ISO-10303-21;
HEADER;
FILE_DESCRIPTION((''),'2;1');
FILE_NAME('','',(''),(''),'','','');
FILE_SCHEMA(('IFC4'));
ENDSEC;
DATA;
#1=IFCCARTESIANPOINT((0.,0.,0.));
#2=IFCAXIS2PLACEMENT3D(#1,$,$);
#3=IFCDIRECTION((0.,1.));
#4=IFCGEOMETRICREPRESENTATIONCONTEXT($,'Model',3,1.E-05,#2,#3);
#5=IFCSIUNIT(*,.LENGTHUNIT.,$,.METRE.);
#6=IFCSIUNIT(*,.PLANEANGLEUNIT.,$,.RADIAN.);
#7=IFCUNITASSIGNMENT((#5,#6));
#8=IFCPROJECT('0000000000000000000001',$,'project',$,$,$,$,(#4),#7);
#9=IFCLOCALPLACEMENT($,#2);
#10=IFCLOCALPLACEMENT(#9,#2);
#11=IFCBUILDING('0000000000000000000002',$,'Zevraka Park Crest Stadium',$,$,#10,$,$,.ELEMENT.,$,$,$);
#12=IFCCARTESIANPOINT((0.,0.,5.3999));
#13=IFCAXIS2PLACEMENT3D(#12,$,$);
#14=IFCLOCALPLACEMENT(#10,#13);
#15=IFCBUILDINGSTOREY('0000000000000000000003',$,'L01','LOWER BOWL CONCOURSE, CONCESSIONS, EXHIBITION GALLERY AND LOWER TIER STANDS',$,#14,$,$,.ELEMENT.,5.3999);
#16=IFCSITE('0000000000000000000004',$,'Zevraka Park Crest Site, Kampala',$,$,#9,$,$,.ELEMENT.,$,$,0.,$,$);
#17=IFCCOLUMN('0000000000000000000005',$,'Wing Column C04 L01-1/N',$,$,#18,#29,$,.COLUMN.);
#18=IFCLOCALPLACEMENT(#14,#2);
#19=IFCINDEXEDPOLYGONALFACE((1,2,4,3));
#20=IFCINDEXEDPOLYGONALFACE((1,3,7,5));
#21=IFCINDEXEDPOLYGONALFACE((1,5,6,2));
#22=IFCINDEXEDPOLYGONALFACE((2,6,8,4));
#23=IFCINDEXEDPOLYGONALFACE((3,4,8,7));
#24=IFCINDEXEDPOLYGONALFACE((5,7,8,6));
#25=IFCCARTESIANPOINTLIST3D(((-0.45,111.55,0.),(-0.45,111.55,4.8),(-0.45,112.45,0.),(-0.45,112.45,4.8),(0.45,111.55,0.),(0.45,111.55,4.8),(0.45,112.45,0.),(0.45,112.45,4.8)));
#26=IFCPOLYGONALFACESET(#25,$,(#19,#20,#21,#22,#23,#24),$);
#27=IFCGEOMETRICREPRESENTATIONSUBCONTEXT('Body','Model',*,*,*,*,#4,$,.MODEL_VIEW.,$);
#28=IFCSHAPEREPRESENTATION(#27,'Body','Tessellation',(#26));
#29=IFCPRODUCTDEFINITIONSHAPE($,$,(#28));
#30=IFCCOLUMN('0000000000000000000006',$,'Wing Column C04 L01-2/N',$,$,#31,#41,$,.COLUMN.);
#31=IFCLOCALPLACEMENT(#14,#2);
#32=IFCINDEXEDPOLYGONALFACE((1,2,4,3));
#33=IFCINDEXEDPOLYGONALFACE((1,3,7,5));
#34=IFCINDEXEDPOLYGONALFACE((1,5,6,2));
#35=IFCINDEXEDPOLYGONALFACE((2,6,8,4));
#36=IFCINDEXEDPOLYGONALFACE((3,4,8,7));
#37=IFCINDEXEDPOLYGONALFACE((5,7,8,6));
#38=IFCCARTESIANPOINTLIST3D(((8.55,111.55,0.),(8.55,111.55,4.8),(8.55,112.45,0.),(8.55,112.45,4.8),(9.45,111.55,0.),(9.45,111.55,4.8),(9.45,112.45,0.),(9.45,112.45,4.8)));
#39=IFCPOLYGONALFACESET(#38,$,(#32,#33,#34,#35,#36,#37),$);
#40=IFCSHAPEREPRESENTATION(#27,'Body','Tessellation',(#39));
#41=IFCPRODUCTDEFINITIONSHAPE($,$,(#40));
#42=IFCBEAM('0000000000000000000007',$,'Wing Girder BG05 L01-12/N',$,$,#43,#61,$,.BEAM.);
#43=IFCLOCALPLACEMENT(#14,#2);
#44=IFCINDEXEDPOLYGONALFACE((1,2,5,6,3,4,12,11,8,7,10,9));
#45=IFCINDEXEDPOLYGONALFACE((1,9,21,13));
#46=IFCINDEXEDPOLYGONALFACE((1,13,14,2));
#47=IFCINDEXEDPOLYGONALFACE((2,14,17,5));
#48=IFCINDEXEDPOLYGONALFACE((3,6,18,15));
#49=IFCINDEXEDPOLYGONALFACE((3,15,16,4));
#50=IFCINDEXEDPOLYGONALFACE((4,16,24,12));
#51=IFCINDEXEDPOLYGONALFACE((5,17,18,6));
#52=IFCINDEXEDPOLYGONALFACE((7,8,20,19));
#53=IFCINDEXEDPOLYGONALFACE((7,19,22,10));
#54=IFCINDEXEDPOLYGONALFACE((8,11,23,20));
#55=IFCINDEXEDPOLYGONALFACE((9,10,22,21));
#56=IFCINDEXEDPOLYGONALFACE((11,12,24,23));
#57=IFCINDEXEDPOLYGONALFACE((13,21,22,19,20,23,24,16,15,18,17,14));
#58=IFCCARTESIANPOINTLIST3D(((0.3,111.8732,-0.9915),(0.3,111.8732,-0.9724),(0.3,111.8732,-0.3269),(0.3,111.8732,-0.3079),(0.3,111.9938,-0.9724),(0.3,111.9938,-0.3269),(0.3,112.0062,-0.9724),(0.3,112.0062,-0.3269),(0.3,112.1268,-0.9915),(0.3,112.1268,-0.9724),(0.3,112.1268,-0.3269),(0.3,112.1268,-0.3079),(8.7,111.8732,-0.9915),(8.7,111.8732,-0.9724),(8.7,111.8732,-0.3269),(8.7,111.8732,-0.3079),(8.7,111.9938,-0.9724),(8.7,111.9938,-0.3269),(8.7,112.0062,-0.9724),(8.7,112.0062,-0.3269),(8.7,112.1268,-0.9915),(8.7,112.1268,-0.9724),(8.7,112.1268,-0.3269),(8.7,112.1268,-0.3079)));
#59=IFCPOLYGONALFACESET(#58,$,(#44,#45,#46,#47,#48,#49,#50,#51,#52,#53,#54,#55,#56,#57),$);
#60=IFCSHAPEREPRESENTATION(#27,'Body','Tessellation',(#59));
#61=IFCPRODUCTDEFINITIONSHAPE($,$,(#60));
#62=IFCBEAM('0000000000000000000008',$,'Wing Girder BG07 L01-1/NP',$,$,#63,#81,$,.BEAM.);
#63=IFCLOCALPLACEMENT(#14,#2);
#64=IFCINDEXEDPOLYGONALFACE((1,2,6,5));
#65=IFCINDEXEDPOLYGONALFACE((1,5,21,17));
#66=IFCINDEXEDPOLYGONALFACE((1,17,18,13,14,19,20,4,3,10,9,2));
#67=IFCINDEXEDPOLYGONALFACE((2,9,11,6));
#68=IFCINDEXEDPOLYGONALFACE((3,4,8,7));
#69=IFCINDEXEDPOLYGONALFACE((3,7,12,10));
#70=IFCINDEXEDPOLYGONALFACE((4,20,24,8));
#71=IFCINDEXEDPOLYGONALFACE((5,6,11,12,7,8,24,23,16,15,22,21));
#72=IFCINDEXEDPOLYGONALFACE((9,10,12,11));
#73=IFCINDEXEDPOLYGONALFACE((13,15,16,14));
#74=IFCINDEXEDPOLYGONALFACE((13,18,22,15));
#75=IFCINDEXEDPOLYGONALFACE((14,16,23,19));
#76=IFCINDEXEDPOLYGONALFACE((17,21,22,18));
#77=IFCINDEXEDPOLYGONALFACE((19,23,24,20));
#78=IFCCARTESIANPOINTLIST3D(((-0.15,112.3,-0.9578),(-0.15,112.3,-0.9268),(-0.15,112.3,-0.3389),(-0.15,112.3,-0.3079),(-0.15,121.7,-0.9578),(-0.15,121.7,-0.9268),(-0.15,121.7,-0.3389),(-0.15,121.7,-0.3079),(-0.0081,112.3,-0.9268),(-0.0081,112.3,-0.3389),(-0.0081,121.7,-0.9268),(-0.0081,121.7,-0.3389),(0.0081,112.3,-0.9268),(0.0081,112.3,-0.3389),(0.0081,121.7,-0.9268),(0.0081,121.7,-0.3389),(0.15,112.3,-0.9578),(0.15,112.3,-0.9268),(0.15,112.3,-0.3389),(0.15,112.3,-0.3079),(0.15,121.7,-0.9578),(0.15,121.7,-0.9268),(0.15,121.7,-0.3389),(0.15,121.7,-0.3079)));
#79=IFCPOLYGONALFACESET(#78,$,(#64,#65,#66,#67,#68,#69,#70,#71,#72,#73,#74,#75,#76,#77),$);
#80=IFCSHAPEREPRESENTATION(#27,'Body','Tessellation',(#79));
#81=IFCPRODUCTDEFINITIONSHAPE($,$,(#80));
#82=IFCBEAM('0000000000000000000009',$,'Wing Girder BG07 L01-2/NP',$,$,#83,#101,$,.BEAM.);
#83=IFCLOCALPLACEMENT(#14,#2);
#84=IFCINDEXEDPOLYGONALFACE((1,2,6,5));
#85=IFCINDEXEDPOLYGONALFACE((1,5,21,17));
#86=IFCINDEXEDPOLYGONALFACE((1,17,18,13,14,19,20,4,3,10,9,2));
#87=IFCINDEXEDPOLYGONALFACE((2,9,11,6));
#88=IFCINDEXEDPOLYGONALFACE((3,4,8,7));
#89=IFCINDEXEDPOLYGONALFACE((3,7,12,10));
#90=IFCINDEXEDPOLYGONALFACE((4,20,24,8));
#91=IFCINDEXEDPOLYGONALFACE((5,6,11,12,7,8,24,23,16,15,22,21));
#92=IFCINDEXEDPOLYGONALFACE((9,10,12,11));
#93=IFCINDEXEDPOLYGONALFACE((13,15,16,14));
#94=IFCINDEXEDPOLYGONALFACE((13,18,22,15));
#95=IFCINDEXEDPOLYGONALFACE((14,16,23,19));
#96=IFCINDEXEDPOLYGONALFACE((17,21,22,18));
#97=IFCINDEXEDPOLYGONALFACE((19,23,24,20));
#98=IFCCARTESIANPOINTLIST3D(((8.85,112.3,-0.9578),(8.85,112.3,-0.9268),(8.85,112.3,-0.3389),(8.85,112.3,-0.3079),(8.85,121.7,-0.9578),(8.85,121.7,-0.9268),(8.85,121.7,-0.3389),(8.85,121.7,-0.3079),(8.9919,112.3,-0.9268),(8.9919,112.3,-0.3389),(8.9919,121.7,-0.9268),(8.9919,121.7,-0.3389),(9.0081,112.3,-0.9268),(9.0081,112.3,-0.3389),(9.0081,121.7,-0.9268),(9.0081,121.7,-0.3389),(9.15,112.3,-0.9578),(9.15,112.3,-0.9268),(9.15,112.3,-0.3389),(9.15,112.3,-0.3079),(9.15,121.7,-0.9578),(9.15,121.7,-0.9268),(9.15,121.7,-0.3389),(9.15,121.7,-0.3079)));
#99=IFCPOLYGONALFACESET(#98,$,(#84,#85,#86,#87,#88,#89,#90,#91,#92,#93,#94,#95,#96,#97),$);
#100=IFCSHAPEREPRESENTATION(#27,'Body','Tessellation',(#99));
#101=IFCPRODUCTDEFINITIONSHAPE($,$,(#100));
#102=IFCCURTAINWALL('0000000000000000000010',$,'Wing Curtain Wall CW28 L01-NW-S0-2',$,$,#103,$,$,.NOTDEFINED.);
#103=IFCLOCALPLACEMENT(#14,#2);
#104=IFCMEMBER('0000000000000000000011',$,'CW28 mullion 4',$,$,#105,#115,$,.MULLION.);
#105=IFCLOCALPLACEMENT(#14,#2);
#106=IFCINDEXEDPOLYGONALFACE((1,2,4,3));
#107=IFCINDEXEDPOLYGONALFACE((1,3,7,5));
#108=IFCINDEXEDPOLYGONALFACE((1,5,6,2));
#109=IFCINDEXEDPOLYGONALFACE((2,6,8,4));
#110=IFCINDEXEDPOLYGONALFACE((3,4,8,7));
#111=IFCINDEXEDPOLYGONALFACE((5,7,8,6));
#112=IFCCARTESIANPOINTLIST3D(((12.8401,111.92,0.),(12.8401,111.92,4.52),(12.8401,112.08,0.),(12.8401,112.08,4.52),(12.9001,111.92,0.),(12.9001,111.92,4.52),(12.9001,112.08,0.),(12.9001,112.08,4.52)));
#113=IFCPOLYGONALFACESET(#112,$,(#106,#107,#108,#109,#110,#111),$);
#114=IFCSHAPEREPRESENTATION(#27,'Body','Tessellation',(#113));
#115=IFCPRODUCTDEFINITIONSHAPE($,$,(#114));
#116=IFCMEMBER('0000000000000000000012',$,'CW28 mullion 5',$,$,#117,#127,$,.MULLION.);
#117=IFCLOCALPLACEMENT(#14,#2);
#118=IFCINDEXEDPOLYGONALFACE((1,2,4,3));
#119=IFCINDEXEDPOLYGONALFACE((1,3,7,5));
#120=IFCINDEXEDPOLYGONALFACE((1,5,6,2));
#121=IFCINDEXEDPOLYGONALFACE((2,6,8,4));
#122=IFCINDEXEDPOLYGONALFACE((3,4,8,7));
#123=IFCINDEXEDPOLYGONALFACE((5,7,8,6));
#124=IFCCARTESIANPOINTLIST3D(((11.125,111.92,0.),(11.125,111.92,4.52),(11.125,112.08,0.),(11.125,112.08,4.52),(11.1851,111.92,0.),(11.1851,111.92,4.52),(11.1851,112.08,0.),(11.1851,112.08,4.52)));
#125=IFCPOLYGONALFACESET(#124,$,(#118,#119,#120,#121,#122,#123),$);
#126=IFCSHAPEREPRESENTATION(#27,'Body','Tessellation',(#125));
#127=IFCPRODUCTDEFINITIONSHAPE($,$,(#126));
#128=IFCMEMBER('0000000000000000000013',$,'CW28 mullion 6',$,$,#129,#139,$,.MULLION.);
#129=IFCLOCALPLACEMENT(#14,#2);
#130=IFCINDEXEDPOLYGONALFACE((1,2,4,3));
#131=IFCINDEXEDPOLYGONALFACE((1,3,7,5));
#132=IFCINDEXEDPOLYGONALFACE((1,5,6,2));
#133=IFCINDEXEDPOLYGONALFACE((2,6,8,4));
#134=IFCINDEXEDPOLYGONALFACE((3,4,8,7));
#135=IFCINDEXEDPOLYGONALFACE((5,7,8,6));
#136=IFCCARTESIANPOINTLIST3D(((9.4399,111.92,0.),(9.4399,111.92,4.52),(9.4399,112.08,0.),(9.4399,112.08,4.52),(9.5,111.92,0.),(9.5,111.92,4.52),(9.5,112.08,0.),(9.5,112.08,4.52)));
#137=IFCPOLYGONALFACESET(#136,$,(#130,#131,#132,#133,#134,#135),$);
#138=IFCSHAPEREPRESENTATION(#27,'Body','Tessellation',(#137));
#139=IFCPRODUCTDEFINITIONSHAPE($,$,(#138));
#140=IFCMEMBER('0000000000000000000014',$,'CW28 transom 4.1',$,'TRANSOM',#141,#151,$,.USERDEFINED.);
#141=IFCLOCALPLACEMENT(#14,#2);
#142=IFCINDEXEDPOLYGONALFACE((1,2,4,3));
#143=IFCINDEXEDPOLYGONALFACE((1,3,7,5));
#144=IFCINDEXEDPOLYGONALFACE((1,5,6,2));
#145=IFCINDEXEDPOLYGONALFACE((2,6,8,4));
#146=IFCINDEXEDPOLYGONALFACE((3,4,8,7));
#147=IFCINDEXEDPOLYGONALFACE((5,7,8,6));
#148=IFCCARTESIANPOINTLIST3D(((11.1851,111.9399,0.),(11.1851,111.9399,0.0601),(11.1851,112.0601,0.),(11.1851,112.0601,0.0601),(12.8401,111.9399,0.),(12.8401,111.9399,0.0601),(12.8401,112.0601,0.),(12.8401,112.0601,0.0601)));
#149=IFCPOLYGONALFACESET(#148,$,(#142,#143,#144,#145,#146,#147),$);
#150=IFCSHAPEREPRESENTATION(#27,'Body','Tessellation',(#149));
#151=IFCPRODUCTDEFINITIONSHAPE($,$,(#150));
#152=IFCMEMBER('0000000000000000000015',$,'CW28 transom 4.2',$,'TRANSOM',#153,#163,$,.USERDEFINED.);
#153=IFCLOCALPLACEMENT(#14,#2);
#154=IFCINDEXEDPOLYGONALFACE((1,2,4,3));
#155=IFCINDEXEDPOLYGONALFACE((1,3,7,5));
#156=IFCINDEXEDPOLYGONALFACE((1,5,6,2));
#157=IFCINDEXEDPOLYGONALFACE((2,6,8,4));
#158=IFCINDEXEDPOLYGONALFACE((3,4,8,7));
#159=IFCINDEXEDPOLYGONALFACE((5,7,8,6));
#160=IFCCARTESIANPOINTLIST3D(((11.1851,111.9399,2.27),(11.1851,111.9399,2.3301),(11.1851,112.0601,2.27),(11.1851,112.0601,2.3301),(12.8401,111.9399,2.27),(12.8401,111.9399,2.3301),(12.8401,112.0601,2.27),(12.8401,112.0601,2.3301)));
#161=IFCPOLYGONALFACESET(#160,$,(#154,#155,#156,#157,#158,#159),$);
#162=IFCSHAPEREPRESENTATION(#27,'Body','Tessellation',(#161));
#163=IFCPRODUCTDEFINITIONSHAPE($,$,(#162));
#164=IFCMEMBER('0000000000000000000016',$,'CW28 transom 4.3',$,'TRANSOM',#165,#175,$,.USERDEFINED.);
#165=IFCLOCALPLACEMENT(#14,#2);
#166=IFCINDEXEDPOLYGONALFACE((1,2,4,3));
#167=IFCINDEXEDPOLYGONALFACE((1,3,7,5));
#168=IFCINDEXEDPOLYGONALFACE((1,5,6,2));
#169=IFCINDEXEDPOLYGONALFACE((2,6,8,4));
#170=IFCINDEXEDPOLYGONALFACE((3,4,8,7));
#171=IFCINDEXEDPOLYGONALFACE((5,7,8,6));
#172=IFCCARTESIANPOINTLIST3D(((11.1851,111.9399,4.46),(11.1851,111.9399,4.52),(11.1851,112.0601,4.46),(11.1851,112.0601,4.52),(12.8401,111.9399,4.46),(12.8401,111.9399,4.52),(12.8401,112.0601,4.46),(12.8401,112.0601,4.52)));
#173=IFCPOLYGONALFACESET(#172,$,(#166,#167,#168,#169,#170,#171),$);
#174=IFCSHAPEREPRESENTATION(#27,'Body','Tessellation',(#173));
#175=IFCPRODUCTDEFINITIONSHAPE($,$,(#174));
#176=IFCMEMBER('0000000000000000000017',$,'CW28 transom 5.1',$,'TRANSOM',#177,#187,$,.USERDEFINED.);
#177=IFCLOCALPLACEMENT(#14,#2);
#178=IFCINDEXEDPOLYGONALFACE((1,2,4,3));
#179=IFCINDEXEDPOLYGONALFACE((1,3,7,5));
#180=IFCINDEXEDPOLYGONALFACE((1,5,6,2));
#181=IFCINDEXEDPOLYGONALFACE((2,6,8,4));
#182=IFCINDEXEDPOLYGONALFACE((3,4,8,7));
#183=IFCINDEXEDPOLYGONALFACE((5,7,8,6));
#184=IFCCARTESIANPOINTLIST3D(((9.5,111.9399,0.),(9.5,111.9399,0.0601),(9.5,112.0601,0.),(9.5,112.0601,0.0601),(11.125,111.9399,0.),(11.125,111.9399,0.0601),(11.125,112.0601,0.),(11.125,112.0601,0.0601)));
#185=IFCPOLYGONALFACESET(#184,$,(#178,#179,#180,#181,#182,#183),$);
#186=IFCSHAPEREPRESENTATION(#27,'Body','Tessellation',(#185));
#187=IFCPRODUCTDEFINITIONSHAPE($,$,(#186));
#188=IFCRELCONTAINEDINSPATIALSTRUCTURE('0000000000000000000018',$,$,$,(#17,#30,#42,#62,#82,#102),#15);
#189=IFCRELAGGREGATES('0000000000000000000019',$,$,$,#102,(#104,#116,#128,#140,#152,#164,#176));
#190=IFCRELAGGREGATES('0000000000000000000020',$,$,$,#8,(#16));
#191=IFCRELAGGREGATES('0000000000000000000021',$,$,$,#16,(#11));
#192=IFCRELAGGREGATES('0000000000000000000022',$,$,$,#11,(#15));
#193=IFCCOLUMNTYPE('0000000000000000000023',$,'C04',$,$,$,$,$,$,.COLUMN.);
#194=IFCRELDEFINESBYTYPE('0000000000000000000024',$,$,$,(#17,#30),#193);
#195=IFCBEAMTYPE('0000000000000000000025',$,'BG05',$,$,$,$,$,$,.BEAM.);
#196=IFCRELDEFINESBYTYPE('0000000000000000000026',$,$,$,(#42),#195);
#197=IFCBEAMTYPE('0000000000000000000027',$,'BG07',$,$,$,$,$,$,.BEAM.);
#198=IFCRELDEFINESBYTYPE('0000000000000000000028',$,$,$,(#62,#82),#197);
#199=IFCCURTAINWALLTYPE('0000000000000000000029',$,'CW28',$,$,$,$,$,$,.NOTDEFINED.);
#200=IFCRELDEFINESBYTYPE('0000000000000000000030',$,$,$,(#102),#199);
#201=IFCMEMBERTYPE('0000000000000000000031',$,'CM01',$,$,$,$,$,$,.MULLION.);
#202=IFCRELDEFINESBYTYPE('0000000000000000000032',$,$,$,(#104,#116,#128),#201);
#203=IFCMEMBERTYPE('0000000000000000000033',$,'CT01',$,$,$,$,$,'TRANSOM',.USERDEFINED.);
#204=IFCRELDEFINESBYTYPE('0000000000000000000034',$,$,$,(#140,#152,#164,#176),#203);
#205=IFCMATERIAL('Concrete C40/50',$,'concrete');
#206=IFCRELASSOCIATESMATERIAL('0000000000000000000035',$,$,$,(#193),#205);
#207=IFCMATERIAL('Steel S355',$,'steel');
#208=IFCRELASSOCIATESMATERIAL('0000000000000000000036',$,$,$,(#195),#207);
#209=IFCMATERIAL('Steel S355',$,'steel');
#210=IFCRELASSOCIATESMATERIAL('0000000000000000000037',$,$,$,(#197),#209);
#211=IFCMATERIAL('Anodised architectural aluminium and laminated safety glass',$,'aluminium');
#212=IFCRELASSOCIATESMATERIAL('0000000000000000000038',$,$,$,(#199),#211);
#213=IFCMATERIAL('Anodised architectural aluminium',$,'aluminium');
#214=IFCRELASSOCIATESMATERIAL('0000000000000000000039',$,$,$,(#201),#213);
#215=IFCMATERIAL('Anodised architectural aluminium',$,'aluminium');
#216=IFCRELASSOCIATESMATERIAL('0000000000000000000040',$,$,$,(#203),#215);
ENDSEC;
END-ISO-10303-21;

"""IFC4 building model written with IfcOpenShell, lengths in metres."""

from ifc_helpers import new_model, si_unit, direction, frame, origin, origin_2d, place, context, subcontext, project, spatial, rectangle, i_section, extrude, material, material_profile, profile_set, type_object, element, aggregate, save


model = new_model("IFC4")

# Units and contexts
model_context = context("Model", 3, precision=1e-05, world=origin(), true_north=direction((0.0, 1.0)))
body_context = subcontext(model_context, "Body", "Model", "MODEL_VIEW")
ifc_project = project(units=[si_unit("LENGTHUNIT", "METRE"), si_unit("PLANEANGLEUNIT", "RADIAN")], contexts=[model_context])

# Site, building, storey
site_placement = place(None, origin())
site = spatial("IfcSite", under=ifc_project, at=site_placement, Name="Zevraka Park Crest Site, Kampala", CompositionType="ELEMENT", RefElevation=0.0)
building_placement = place(site_placement, origin())
building = spatial("IfcBuilding", under=site, at=building_placement, Name="Zevraka Park Crest Stadium", CompositionType="ELEMENT")
storey_placement = place(building_placement, frame((0.0, 0.0, 5.3999)))
storey = spatial("IfcBuildingStorey", under=building, at=storey_placement, Name="L01", Description="LOWER BOWL CONCOURSE, CONCESSIONS, EXHIBITION GALLERY AND LOWER TIER STANDS", CompositionType="ELEMENT", Elevation=5.3999)

# Columns
ifc_material_1 = material(Name="Concrete C40/50", Category="concrete")
ifc_material_profile_1 = material_profile(ifc_material_1, rectangle(XDim=0.8999, YDim=0.8999, at=origin_2d()), Name="RC 900x900")
ifc_profile_set_1 = profile_set([ifc_material_profile_1], Name="Concrete C40/50")
column_type = type_object("IfcColumnType", Name="C04", PredefinedType="COLUMN", material=ifc_profile_set_1)
for number, where, z_axis, x_axis, name in (
    (1, (0.0, 112.0, 0.0), (0.0, 0.0, 1.0), (1.0, 0.0, 0.0), "Wing Column C04 L01-1/N"),
    (2, (9.0, 112.0, 0.0), (0.0, 0.0, 1.0), (1.0, 0.0, 0.0), "Wing Column C04 L01-2/N"),
):
    element("IfcColumn", number, at=place(storey_placement, frame(where, z_axis=z_axis, x_axis=x_axis)), inside=storey, type_object=column_type, Name=name, PredefinedType="COLUMN", context=body_context, shape_type="SweptSolid", body=[
        extrude(rectangle(XDim=0.8999, YDim=0.8999, at=origin_2d()), origin(), (0.0, 0.0, 1.0), 4.8),
    ])

# Beams
ifc_material_2 = material(Name="Steel S355", Category="steel")
ifc_material_profile_2 = material_profile(ifc_material_2, i_section(OverallWidth=0.2537, OverallDepth=0.6836, WebThickness=0.0125, FlangeThickness=0.019, at=origin_2d()), Name="UKB 686x254x140")
ifc_profile_set_2 = profile_set([ifc_material_profile_2], Name="Steel S355")
beam_type_1 = type_object("IfcBeamType", Name="BG05", PredefinedType="BEAM", material=ifc_profile_set_2)
beam_placement = place(storey_placement, frame((0.3, 112.0, -0.6497), z_axis=(1.0, 0.0, 0.0), x_axis=(0.0, 1.0, 0.0)))
element("IfcBeam", 3, at=beam_placement, inside=storey, type_object=beam_type_1, Name="Wing Girder BG05 L01-12/N", PredefinedType="BEAM", context=body_context, shape_type="SweptSolid", body=[
    extrude(i_section(OverallWidth=0.2537, OverallDepth=0.6836, WebThickness=0.0125, FlangeThickness=0.019, at=origin_2d()), origin(), (0.0, 0.0, 1.0), 8.3999),
])
ifc_material_3 = material(Name="Steel S355", Category="steel")
ifc_material_profile_3 = material_profile(ifc_material_3, i_section(OverallWidth=0.3, OverallDepth=0.6499, WebThickness=0.0161, FlangeThickness=0.031, at=origin_2d()), Name="HEB 650")
ifc_profile_set_3 = profile_set([ifc_material_profile_3], Name="Steel S355")
beam_type_2 = type_object("IfcBeamType", Name="BG07", PredefinedType="BEAM", material=ifc_profile_set_3)
for number, where, z_axis, x_axis, name in (
    (4, (0.0, 112.3, -0.6328), (0.0, 1.0, 0.0), (-1.0, 0.0, 0.0), "Wing Girder BG07 L01-1/NP"),
    (5, (9.0, 112.3, -0.6328), (0.0, 1.0, 0.0), (-1.0, 0.0, 0.0), "Wing Girder BG07 L01-2/NP"),
):
    element("IfcBeam", number, at=place(storey_placement, frame(where, z_axis=z_axis, x_axis=x_axis)), inside=storey, type_object=beam_type_2, Name=name, PredefinedType="BEAM", context=body_context, shape_type="SweptSolid", body=[
        extrude(i_section(OverallWidth=0.3, OverallDepth=0.6499, WebThickness=0.0161, FlangeThickness=0.031, at=origin_2d()), origin(), (0.0, 0.0, 1.0), 9.3999),
    ])

# Curtain wall, members
ifc_material_4 = material(Name="Anodised architectural aluminium and laminated safety glass", Category="aluminium")
curtain_wall_type = type_object("IfcCurtainWallType", Name="CW28", PredefinedType="NOTDEFINED", material=ifc_material_4)
curtain_wall_placement = place(storey_placement, origin())
curtain_wall = element("IfcCurtainWall", 6, at=curtain_wall_placement, inside=storey, type_object=curtain_wall_type, Name="Wing Curtain Wall CW28 L01-NW-S0-2", PredefinedType="NOTDEFINED")
ifc_material_5 = material(Name="Anodised architectural aluminium", Category="aluminium")
ifc_material_profile_4 = material_profile(ifc_material_5, rectangle(XDim=0.1599, YDim=0.0601, at=origin_2d()), Name="ALU MULLION 160x60")
ifc_profile_set_4 = profile_set([ifc_material_profile_4], Name="Anodised architectural aluminium")
member_type_1 = type_object("IfcMemberType", Name="CM01", PredefinedType="MULLION", material=ifc_profile_set_4)
member_1_placement = place(storey_placement, frame((12.8701, 112.0, 0.0), z_axis=(0.0, 0.0, 1.0), x_axis=(0.0, -1.0, 0.0)))
member_1 = element("IfcMember", 7, at=member_1_placement, type_object=member_type_1, Name="CW28 mullion 4", PredefinedType="MULLION", context=body_context, shape_type="SweptSolid", body=[
    extrude(rectangle(XDim=0.1599, YDim=0.0601, at=origin_2d()), origin(), (0.0, 0.0, 1.0), 4.52),
])
member_2_placement = place(storey_placement, frame((11.155, 112.0, 0.0), z_axis=(0.0, 0.0, 1.0), x_axis=(0.0, -1.0, 0.0)))
member_2 = element("IfcMember", 8, at=member_2_placement, type_object=member_type_1, Name="CW28 mullion 5", PredefinedType="MULLION", context=body_context, shape_type="SweptSolid", body=[
    extrude(rectangle(XDim=0.1599, YDim=0.0601, at=origin_2d()), origin(), (0.0, 0.0, 1.0), 4.52),
])
member_3_placement = place(storey_placement, frame((9.47, 112.0, 0.0), z_axis=(0.0, 0.0, 1.0), x_axis=(0.0, -1.0, 0.0)))
member_3 = element("IfcMember", 9, at=member_3_placement, type_object=member_type_1, Name="CW28 mullion 6", PredefinedType="MULLION", context=body_context, shape_type="SweptSolid", body=[
    extrude(rectangle(XDim=0.1599, YDim=0.0601, at=origin_2d()), origin(), (0.0, 0.0, 1.0), 4.52),
])
ifc_material_6 = material(Name="Anodised architectural aluminium", Category="aluminium")
ifc_material_profile_5 = material_profile(ifc_material_6, rectangle(XDim=0.1201, YDim=0.0601, at=origin_2d()), Name="ALU TRANSOM 120x60")
ifc_profile_set_5 = profile_set([ifc_material_profile_5], Name="Anodised architectural aluminium")
member_type_2 = type_object("IfcMemberType", Name="CT01", ElementType="TRANSOM", PredefinedType="USERDEFINED", material=ifc_profile_set_5)
member_4_placement = place(storey_placement, frame((12.8401, 112.0, 0.03), z_axis=(-1.0, 0.0, 0.0), x_axis=(0.0, -1.0, 0.0)))
member_4 = element("IfcMember", 10, at=member_4_placement, type_object=member_type_2, Name="CW28 transom 4.1", ObjectType="TRANSOM", PredefinedType="USERDEFINED", context=body_context, shape_type="SweptSolid", body=[
    extrude(rectangle(XDim=0.1201, YDim=0.0601, at=origin_2d()), origin(), (0.0, 0.0, 1.0), 1.655),
])
member_5_placement = place(storey_placement, frame((12.8401, 112.0, 2.3), z_axis=(-1.0, 0.0, 0.0), x_axis=(0.0, -1.0, 0.0)))
member_5 = element("IfcMember", 11, at=member_5_placement, type_object=member_type_2, Name="CW28 transom 4.2", ObjectType="TRANSOM", PredefinedType="USERDEFINED", context=body_context, shape_type="SweptSolid", body=[
    extrude(rectangle(XDim=0.1201, YDim=0.0601, at=origin_2d()), origin(), (0.0, 0.0, 1.0), 1.655),
])
member_6_placement = place(storey_placement, frame((12.8401, 112.0, 4.49), z_axis=(-1.0, 0.0, 0.0), x_axis=(0.0, -1.0, 0.0)))
member_6 = element("IfcMember", 12, at=member_6_placement, type_object=member_type_2, Name="CW28 transom 4.3", ObjectType="TRANSOM", PredefinedType="USERDEFINED", context=body_context, shape_type="SweptSolid", body=[
    extrude(rectangle(XDim=0.1201, YDim=0.0601, at=origin_2d()), origin(), (0.0, 0.0, 1.0), 1.655),
])
member_7_placement = place(storey_placement, frame((11.125, 112.0, 0.03), z_axis=(-1.0, 0.0, 0.0), x_axis=(0.0, -1.0, 0.0)))
member_7 = element("IfcMember", 13, at=member_7_placement, type_object=member_type_2, Name="CW28 transom 5.1", ObjectType="TRANSOM", PredefinedType="USERDEFINED", context=body_context, shape_type="SweptSolid", body=[
    extrude(rectangle(XDim=0.1201, YDim=0.0601, at=origin_2d()), origin(), (0.0, 0.0, 1.0), 1.625),
])
aggregate(curtain_wall, [member_1, member_2, member_3, member_4, member_5, member_6, member_7])

save(model, "model.ifc")
